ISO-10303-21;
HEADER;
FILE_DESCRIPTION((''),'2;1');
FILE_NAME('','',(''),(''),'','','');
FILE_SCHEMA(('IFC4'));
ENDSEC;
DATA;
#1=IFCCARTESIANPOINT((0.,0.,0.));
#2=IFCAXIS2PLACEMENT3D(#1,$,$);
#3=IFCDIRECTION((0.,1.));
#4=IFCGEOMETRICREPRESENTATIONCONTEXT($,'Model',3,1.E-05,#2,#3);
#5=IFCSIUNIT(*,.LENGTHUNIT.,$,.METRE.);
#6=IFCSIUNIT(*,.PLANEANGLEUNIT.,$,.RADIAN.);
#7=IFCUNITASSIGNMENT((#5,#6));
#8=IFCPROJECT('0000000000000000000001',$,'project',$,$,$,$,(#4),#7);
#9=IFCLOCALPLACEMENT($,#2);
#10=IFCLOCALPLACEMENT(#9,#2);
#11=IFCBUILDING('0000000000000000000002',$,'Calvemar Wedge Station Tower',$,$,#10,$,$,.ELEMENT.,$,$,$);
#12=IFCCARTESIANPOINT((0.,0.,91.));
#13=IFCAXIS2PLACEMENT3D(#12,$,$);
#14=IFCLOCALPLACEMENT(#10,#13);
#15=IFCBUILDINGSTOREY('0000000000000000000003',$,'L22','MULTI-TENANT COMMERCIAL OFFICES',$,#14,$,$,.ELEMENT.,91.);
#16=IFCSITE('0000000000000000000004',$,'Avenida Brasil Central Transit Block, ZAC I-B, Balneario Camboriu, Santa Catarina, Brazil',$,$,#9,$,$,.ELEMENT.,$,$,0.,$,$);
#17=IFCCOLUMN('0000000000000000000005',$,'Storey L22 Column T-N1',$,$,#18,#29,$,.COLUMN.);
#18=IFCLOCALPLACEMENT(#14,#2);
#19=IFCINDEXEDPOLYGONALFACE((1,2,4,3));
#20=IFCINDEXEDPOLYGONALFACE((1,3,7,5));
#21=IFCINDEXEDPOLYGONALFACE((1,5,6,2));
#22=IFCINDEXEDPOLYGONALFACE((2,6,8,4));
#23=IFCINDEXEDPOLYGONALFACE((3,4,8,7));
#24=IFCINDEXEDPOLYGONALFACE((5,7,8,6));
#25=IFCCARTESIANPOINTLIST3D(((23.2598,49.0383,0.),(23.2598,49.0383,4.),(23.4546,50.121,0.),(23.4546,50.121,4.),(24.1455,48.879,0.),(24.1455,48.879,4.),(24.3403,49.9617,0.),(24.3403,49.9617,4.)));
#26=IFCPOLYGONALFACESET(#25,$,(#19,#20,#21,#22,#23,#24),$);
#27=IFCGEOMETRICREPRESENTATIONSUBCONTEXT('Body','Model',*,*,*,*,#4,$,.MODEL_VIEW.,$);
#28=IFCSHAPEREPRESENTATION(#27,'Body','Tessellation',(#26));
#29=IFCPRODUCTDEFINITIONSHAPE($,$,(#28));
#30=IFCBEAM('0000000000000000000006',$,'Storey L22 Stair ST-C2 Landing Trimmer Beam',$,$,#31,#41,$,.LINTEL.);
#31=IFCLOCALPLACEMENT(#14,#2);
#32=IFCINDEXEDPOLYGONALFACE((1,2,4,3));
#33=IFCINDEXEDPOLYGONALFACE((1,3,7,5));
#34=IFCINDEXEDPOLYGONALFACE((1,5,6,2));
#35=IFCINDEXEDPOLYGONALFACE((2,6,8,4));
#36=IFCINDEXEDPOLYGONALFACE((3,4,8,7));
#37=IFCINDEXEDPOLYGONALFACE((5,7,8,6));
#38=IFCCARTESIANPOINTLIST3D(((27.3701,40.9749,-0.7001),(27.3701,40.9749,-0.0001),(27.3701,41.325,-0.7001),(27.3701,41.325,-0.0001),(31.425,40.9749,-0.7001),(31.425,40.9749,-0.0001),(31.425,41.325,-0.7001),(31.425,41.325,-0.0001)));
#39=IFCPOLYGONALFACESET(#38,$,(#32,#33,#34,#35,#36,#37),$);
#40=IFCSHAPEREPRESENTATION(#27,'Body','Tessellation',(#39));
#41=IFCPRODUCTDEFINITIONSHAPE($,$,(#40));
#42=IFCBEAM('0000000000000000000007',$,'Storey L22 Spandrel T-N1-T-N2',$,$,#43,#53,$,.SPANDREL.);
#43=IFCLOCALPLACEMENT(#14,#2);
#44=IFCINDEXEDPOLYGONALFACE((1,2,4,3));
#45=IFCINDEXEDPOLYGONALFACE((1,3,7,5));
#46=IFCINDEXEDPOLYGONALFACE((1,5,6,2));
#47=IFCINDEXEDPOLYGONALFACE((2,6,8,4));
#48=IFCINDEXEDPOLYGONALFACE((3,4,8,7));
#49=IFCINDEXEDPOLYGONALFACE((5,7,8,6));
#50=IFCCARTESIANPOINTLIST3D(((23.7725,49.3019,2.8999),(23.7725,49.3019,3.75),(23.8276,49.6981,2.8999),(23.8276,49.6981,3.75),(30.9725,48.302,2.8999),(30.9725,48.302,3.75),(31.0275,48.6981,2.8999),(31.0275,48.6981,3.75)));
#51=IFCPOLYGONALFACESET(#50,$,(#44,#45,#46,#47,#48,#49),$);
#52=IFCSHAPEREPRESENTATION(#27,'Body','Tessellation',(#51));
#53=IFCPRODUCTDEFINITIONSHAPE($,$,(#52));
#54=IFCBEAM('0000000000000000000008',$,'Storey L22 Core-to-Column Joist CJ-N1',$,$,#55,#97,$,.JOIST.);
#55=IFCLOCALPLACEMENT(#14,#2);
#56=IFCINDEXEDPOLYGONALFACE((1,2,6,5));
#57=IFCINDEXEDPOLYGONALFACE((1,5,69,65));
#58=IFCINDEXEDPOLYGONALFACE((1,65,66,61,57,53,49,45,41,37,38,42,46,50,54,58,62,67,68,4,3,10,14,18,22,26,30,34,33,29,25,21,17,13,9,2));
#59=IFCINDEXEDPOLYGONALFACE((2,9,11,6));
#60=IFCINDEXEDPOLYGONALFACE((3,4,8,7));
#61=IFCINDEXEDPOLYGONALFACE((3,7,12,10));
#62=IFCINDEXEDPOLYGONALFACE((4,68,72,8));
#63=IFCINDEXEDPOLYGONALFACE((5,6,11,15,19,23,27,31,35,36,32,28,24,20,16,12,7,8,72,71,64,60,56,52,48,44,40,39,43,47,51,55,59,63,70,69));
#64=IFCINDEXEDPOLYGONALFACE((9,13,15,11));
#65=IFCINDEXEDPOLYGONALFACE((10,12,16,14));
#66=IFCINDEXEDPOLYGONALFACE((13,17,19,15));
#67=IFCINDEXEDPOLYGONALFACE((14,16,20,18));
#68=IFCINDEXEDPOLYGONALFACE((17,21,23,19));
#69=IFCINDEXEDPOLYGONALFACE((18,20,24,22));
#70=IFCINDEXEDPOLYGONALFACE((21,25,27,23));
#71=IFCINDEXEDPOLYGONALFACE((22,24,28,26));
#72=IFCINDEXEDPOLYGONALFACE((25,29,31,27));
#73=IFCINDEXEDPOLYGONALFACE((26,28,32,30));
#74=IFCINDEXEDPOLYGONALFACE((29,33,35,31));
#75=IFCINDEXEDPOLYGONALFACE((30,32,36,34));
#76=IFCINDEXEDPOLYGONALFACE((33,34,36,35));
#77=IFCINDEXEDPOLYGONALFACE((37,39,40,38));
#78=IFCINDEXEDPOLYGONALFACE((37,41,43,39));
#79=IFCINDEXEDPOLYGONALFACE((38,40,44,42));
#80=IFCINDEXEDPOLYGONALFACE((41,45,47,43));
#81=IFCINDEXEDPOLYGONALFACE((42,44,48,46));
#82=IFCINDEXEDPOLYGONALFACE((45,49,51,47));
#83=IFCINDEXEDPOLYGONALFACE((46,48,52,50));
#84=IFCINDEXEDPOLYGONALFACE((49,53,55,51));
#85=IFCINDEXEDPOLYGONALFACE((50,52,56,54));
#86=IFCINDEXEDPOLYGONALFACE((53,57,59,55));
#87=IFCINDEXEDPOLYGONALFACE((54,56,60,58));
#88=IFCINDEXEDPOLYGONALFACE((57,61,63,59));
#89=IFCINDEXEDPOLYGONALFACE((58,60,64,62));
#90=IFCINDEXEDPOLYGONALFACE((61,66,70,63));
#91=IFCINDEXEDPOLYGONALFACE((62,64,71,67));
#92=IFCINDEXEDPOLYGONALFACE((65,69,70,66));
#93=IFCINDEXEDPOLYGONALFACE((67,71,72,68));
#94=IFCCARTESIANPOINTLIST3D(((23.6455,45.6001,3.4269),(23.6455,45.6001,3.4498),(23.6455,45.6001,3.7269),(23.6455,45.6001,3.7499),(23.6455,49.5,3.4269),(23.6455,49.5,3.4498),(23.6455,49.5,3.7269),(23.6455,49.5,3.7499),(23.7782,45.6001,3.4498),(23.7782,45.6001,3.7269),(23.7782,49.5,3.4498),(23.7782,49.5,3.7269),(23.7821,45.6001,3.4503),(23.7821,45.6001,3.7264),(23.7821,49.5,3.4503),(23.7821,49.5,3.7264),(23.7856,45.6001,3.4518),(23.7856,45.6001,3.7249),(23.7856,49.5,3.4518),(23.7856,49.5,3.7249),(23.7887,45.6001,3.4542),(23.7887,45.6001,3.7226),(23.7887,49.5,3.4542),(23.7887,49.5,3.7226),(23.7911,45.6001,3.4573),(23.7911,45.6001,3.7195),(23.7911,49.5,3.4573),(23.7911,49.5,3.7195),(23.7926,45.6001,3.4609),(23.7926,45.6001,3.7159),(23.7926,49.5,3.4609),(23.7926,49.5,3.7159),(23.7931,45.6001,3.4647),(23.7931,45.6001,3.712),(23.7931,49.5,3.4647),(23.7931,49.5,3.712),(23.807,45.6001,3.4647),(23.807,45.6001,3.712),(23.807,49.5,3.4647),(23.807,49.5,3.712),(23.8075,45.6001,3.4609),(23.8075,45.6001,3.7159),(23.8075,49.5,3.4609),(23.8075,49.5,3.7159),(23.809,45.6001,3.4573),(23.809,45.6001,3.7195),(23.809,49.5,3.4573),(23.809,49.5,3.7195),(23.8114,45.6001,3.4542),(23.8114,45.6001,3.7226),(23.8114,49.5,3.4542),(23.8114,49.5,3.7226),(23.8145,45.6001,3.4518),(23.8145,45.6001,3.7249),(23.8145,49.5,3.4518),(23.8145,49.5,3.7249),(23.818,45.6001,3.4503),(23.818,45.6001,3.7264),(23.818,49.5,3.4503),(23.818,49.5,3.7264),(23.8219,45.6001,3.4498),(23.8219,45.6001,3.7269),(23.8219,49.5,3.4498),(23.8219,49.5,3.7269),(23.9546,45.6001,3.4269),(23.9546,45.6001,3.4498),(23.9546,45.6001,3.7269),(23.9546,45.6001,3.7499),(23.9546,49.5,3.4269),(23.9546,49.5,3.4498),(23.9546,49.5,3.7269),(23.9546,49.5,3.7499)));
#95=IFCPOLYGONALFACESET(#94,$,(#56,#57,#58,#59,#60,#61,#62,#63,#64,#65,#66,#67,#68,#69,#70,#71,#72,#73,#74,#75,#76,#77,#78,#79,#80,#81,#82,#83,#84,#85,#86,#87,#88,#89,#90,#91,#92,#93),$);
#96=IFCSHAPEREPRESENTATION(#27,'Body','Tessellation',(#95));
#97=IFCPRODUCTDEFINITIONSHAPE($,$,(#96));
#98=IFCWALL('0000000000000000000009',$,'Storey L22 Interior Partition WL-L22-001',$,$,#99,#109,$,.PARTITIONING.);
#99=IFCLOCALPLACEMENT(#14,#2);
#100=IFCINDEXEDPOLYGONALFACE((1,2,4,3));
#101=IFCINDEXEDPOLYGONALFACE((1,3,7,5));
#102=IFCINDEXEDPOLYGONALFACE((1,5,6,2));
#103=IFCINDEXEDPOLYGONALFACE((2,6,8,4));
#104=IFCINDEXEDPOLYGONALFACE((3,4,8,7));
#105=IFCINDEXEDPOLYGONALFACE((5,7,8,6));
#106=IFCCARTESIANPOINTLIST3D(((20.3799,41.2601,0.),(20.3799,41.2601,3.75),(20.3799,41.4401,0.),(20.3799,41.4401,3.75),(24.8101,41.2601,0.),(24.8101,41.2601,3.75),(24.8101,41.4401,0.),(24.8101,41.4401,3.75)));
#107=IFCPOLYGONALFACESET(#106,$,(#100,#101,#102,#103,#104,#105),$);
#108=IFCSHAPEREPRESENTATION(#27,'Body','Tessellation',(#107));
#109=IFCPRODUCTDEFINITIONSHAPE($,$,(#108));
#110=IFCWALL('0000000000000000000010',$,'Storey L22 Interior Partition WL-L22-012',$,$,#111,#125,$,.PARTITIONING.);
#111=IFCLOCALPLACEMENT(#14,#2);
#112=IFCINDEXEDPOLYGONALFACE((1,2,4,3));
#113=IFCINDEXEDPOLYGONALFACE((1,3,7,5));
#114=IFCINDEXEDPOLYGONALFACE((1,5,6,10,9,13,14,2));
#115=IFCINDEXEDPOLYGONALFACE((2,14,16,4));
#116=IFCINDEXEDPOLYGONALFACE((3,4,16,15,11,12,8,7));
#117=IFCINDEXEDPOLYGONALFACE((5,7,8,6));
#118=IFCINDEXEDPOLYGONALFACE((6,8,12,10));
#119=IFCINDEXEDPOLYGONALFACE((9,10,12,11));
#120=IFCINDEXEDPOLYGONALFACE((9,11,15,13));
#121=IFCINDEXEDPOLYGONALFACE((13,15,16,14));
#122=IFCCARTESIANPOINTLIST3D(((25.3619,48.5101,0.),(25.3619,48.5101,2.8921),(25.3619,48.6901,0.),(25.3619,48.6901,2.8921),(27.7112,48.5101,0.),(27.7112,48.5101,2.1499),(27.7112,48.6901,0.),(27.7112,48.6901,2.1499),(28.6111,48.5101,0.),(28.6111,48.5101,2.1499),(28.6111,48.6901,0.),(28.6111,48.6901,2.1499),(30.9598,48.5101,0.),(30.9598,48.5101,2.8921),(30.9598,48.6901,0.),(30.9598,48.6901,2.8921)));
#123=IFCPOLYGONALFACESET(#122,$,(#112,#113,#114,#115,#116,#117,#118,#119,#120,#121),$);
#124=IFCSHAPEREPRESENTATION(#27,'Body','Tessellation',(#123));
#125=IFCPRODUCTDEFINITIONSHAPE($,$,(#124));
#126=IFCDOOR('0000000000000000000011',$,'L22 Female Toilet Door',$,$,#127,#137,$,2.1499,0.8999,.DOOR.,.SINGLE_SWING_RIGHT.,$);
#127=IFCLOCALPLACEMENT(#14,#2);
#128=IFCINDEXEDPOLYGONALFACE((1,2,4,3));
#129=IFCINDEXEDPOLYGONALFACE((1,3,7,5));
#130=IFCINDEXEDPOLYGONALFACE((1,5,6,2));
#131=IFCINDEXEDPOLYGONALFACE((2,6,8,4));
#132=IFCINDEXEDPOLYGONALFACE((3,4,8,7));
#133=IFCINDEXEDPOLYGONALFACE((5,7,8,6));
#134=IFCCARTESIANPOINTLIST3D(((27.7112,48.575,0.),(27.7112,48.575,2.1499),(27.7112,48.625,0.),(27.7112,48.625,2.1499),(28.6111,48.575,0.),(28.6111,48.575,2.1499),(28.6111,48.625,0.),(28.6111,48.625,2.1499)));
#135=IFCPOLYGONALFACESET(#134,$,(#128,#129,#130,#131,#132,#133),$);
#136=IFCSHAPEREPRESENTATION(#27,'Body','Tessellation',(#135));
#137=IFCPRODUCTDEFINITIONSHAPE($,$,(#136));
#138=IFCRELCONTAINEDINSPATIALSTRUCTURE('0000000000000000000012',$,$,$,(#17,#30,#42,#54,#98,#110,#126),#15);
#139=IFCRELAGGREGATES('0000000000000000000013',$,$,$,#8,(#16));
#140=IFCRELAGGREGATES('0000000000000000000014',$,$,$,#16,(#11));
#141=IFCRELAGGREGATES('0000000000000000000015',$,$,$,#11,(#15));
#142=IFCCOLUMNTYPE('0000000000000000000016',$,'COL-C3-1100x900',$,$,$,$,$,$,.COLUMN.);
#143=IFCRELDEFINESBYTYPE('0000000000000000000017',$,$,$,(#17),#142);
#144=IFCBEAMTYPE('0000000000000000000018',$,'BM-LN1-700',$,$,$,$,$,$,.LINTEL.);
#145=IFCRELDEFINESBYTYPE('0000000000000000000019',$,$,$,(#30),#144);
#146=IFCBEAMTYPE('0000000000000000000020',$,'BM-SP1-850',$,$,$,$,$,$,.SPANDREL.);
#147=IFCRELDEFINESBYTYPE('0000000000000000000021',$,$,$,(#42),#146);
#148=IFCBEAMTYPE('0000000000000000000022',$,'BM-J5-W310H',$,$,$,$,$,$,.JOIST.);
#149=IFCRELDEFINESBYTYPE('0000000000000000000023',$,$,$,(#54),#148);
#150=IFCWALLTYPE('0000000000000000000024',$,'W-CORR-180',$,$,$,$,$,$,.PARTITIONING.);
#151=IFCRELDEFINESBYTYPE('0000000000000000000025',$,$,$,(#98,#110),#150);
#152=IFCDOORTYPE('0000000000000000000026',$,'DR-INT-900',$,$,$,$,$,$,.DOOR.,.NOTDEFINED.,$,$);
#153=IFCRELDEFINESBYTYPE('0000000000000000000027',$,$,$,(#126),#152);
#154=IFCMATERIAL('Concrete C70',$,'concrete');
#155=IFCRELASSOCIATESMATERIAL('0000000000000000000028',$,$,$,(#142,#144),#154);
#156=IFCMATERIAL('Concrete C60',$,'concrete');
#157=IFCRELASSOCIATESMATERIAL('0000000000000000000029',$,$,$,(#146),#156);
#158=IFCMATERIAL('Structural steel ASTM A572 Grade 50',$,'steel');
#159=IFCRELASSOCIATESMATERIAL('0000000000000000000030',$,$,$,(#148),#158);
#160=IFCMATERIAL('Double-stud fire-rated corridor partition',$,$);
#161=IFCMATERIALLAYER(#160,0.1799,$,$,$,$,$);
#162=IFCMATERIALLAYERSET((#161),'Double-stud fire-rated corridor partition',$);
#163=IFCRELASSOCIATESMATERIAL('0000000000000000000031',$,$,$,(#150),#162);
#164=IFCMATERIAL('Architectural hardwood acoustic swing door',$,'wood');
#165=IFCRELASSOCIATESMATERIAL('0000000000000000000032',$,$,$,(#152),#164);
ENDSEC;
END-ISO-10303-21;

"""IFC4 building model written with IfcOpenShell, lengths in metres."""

from ifc_helpers import new_model, si_unit, direction, frame, frame_2d, origin, origin_2d, place, context, subcontext, project, spatial, rectangle, i_section, extrude, source, transform, mapped, material, layer, layer_set, material_profile, profile_set, type_object, element, fill, save


model = new_model("IFC4")

# Units and contexts
model_context = context("Model", 3, precision=1e-05, world=origin(), true_north=direction((0.0, 1.0)))
body_context = subcontext(model_context, "Body", "Model", "MODEL_VIEW")
ifc_project = project(units=[si_unit("LENGTHUNIT", "METRE"), si_unit("PLANEANGLEUNIT", "RADIAN")], contexts=[model_context])

# Site, building, storey
site_placement = place(None, origin())
site = spatial("IfcSite", under=ifc_project, at=site_placement, Name="Avenida Brasil Central Transit Block, ZAC I-B, Balneario Camboriu, Santa Catarina, Brazil", CompositionType="ELEMENT", RefElevation=0.0)
building_placement = place(site_placement, origin())
building = spatial("IfcBuilding", under=site, at=building_placement, Name="Calvemar Wedge Station Tower", CompositionType="ELEMENT")
storey_placement = place(building_placement, frame((0.0, 0.0, 91.0)))
storey = spatial("IfcBuildingStorey", under=building, at=storey_placement, Name="L22", Description="MULTI-TENANT COMMERCIAL OFFICES", CompositionType="ELEMENT", Elevation=91.0)

# Column
ifc_material_1 = material(Name="Concrete C70", Category="concrete")
ifc_material_profile_1 = material_profile(ifc_material_1, rectangle(XDim=0.8999, YDim=1.1001, at=origin_2d()), Name="RC1100x900")
ifc_profile_set_1 = profile_set([ifc_material_profile_1], Name="Concrete C70")
column_type = type_object("IfcColumnType", Name="COL-C3-1100x900", PredefinedType="COLUMN", material=ifc_profile_set_1)
shared_shape_1 = source(origin(), body_context, "Body", "SweptSolid", [
    extrude(rectangle(XDim=0.8999, YDim=1.1001, at=origin_2d()), origin(), (0.0, 0.0, 1.0), 4.0),
])
column_placement = place(storey_placement, frame((23.8, 49.5, 0.0), z_axis=(0.0, 0.0, 1.0), x_axis=(0.984196, -0.177085, 0.0)))
element("IfcColumn", 1, at=column_placement, inside=storey, type_object=column_type, Name="Storey L22 Column T-N1", PredefinedType="COLUMN", context=body_context, shape_type="MappedRepresentation", body=[
    mapped(shared_shape_1, transform((0.0, 0.0, 0.0), scale=1.0)),
])

# Beams
ifc_material_profile_2 = material_profile(ifc_material_1, rectangle(XDim=0.3501, YDim=0.7, at=origin_2d()), Name="RC350x700")
ifc_profile_set_2 = profile_set([ifc_material_profile_2], Name="Concrete C70")
beam_type_1 = type_object("IfcBeamType", Name="BM-LN1-700", PredefinedType="LINTEL", material=ifc_profile_set_2)
shared_shape_2 = source(origin(), body_context, "Body", "SweptSolid", [
    extrude(rectangle(XDim=0.3501, YDim=0.7, at=origin_2d()), origin(), (0.0, 0.0, 1.0), 4.0549),
])
beam_1_placement = place(storey_placement, frame((27.3701, 41.1499, -0.3501), z_axis=(1.0, 0.0, 0.0), x_axis=(0.0, 1.0, 0.0)))
element("IfcBeam", 2, at=beam_1_placement, inside=storey, type_object=beam_type_1, Name="Storey L22 Stair ST-C2 Landing Trimmer Beam", PredefinedType="LINTEL", context=body_context, shape_type="MappedRepresentation", body=[
    mapped(shared_shape_2, transform((0.0, 0.0, 0.0), scale=1.0)),
])
ifc_material_2 = material(Name="Concrete C60", Category="concrete")
ifc_material_profile_3 = material_profile(ifc_material_2, rectangle(XDim=0.3999, YDim=0.8501, at=origin_2d()), Name="RC400x850")
ifc_profile_set_3 = profile_set([ifc_material_profile_3], Name="Concrete C60")
beam_type_2 = type_object("IfcBeamType", Name="BM-SP1-850", PredefinedType="SPANDREL", material=ifc_profile_set_3)
shared_shape_3 = source(origin(), body_context, "Body", "SweptSolid", [
    extrude(rectangle(XDim=0.3999, YDim=0.8501, at=origin_2d()), origin(), (0.0, 0.0, 1.0), 7.269),
])
beam_2_placement = place(storey_placement, frame((23.8, 49.5, 3.325), z_axis=(0.990492, -0.137569, 0.0), x_axis=(0.137569, 0.990492, 0.0)))
element("IfcBeam", 3, at=beam_2_placement, inside=storey, type_object=beam_type_2, Name="Storey L22 Spandrel T-N1-T-N2", PredefinedType="SPANDREL", context=body_context, shape_type="MappedRepresentation", body=[
    mapped(shared_shape_3, transform((0.0, 0.0, 0.0), scale=1.0)),
])
ifc_material_3 = material(Name="Structural steel ASTM A572 Grade 50", Category="steel")
ifc_material_profile_4 = material_profile(ifc_material_3, i_section(OverallWidth=0.3091, OverallDepth=0.323, WebThickness=0.0139, FlangeThickness=0.0229, FilletRadius=0.0149, at=origin_2d()), Name="W310x143")
ifc_profile_set_4 = profile_set([ifc_material_profile_4], Name="Structural steel ASTM A572 Grade 50")
beam_type_3 = type_object("IfcBeamType", Name="BM-J5-W310H", PredefinedType="JOIST", material=ifc_profile_set_4)
shared_shape_4 = source(origin(), body_context, "Body", "SweptSolid", [
    extrude(i_section(OverallWidth=0.3091, OverallDepth=0.323, WebThickness=0.0139, FlangeThickness=0.0229, FilletRadius=0.0149, at=origin_2d()), origin(), (0.0, 0.0, 1.0), 3.8999),
])
beam_3_placement = place(storey_placement, frame((23.8, 45.6001, 3.5884), z_axis=(0.0, 1.0, 0.0), x_axis=(-1.0, 0.0, 0.0)))
element("IfcBeam", 4, at=beam_3_placement, inside=storey, type_object=beam_type_3, Name="Storey L22 Core-to-Column Joist CJ-N1", PredefinedType="JOIST", context=body_context, shape_type="MappedRepresentation", body=[
    mapped(shared_shape_4, transform((0.0, 0.0, 0.0), scale=1.0)),
])

# Wall
ifc_material_4 = material(Name="Double-stud fire-rated corridor partition")
ifc_layer_1 = layer(ifc_material_4, 0.1799)
ifc_layer_set_1 = layer_set([ifc_layer_1], Name="Double-stud fire-rated corridor partition")
wall_type_1 = type_object("IfcWallType", Name="W-CORR-180", PredefinedType="PARTITIONING", material=ifc_layer_set_1)
wall_1_placement = place(storey_placement, frame((24.8101, 41.3501, 0.0), z_axis=(0.0, 0.0, 1.0), x_axis=(-1.0, 0.0, 0.0)))
element("IfcWall", 5, at=wall_1_placement, inside=storey, type_object=wall_type_1, Name="Storey L22 Interior Partition WL-L22-001", PredefinedType="PARTITIONING", context=body_context, shape_type="SweptSolid", body=[
    extrude(rectangle(XDim=4.4302, YDim=0.1799, at=frame_2d((2.2151, 0.0))), origin(), (0.0, 0.0, 1.0), 3.75),
])

# Wall, opening, door
wall_2_placement = place(storey_placement, frame((25.3621, 48.6001, 0.0), z_axis=(0.0, 0.0, 1.0), x_axis=(1.0, 0.0, 0.0)))
wall_2 = element("IfcWall", 6, at=wall_2_placement, inside=storey, type_object=wall_type_1, Name="Storey L22 Interior Partition WL-L22-012", PredefinedType="PARTITIONING", context=body_context, shape_type="SweptSolid", body=[
    extrude(rectangle(XDim=5.5979, YDim=0.1799, at=frame_2d((2.7988, 0.0))), origin(), (0.0, 0.0, 1.0), 2.8921),
])
shared_shape_5 = source(origin(), body_context, "Body", "SweptSolid", [
    extrude(rectangle(XDim=0.8999, YDim=2.1499, at=frame_2d((0.45, 1.075))), frame((0.0, 0.1001, 0.0), z_axis=(0.0, -1.0, 0.0), x_axis=(1.0, 0.0, 0.0)), (0.0, 0.0, 1.0), 0.2),
])
opening_1_placement = place(wall_2_placement, frame((2.3491, 0.0, 0.0)))
opening_1 = element("IfcOpeningElement", 7, at=opening_1_placement, cuts=wall_2, PredefinedType="OPENING", context=body_context, shape_type="MappedRepresentation", body=[
    mapped(shared_shape_5, transform((0.0, 0.0, 0.0), scale=1.0)),
])
ifc_material_5 = material(Name="Architectural hardwood acoustic swing door", Category="wood")
door_type_1 = type_object("IfcDoorType", Name="DR-INT-900", OperationType="NOTDEFINED", PredefinedType="DOOR", material=ifc_material_5)
shared_shape_6 = source(origin(), body_context, "Body", "SweptSolid", [
    extrude(rectangle(XDim=0.8999, YDim=2.1499, at=frame_2d((0.45, 1.075))), frame((0.0, 0.0249, 0.0), z_axis=(0.0, -1.0, 0.0), x_axis=(1.0, 0.0, 0.0)), (0.0, 0.0, 1.0), 0.05),
])
door_1_placement = place(opening_1_placement, origin())
door_1 = element("IfcDoor", 8, at=door_1_placement, inside=storey, type_object=door_type_1, Name="L22 Female Toilet Door", OperationType="SINGLE_SWING_RIGHT", OverallHeight=2.1499, OverallWidth=0.8999, PredefinedType="DOOR", context=body_context, shape_type="MappedRepresentation", body=[
    mapped(shared_shape_6, transform((0.0, 0.0, 0.0), scale=1.0)),
])
fill(opening_1, door_1)

save(model, "model.ifc")
